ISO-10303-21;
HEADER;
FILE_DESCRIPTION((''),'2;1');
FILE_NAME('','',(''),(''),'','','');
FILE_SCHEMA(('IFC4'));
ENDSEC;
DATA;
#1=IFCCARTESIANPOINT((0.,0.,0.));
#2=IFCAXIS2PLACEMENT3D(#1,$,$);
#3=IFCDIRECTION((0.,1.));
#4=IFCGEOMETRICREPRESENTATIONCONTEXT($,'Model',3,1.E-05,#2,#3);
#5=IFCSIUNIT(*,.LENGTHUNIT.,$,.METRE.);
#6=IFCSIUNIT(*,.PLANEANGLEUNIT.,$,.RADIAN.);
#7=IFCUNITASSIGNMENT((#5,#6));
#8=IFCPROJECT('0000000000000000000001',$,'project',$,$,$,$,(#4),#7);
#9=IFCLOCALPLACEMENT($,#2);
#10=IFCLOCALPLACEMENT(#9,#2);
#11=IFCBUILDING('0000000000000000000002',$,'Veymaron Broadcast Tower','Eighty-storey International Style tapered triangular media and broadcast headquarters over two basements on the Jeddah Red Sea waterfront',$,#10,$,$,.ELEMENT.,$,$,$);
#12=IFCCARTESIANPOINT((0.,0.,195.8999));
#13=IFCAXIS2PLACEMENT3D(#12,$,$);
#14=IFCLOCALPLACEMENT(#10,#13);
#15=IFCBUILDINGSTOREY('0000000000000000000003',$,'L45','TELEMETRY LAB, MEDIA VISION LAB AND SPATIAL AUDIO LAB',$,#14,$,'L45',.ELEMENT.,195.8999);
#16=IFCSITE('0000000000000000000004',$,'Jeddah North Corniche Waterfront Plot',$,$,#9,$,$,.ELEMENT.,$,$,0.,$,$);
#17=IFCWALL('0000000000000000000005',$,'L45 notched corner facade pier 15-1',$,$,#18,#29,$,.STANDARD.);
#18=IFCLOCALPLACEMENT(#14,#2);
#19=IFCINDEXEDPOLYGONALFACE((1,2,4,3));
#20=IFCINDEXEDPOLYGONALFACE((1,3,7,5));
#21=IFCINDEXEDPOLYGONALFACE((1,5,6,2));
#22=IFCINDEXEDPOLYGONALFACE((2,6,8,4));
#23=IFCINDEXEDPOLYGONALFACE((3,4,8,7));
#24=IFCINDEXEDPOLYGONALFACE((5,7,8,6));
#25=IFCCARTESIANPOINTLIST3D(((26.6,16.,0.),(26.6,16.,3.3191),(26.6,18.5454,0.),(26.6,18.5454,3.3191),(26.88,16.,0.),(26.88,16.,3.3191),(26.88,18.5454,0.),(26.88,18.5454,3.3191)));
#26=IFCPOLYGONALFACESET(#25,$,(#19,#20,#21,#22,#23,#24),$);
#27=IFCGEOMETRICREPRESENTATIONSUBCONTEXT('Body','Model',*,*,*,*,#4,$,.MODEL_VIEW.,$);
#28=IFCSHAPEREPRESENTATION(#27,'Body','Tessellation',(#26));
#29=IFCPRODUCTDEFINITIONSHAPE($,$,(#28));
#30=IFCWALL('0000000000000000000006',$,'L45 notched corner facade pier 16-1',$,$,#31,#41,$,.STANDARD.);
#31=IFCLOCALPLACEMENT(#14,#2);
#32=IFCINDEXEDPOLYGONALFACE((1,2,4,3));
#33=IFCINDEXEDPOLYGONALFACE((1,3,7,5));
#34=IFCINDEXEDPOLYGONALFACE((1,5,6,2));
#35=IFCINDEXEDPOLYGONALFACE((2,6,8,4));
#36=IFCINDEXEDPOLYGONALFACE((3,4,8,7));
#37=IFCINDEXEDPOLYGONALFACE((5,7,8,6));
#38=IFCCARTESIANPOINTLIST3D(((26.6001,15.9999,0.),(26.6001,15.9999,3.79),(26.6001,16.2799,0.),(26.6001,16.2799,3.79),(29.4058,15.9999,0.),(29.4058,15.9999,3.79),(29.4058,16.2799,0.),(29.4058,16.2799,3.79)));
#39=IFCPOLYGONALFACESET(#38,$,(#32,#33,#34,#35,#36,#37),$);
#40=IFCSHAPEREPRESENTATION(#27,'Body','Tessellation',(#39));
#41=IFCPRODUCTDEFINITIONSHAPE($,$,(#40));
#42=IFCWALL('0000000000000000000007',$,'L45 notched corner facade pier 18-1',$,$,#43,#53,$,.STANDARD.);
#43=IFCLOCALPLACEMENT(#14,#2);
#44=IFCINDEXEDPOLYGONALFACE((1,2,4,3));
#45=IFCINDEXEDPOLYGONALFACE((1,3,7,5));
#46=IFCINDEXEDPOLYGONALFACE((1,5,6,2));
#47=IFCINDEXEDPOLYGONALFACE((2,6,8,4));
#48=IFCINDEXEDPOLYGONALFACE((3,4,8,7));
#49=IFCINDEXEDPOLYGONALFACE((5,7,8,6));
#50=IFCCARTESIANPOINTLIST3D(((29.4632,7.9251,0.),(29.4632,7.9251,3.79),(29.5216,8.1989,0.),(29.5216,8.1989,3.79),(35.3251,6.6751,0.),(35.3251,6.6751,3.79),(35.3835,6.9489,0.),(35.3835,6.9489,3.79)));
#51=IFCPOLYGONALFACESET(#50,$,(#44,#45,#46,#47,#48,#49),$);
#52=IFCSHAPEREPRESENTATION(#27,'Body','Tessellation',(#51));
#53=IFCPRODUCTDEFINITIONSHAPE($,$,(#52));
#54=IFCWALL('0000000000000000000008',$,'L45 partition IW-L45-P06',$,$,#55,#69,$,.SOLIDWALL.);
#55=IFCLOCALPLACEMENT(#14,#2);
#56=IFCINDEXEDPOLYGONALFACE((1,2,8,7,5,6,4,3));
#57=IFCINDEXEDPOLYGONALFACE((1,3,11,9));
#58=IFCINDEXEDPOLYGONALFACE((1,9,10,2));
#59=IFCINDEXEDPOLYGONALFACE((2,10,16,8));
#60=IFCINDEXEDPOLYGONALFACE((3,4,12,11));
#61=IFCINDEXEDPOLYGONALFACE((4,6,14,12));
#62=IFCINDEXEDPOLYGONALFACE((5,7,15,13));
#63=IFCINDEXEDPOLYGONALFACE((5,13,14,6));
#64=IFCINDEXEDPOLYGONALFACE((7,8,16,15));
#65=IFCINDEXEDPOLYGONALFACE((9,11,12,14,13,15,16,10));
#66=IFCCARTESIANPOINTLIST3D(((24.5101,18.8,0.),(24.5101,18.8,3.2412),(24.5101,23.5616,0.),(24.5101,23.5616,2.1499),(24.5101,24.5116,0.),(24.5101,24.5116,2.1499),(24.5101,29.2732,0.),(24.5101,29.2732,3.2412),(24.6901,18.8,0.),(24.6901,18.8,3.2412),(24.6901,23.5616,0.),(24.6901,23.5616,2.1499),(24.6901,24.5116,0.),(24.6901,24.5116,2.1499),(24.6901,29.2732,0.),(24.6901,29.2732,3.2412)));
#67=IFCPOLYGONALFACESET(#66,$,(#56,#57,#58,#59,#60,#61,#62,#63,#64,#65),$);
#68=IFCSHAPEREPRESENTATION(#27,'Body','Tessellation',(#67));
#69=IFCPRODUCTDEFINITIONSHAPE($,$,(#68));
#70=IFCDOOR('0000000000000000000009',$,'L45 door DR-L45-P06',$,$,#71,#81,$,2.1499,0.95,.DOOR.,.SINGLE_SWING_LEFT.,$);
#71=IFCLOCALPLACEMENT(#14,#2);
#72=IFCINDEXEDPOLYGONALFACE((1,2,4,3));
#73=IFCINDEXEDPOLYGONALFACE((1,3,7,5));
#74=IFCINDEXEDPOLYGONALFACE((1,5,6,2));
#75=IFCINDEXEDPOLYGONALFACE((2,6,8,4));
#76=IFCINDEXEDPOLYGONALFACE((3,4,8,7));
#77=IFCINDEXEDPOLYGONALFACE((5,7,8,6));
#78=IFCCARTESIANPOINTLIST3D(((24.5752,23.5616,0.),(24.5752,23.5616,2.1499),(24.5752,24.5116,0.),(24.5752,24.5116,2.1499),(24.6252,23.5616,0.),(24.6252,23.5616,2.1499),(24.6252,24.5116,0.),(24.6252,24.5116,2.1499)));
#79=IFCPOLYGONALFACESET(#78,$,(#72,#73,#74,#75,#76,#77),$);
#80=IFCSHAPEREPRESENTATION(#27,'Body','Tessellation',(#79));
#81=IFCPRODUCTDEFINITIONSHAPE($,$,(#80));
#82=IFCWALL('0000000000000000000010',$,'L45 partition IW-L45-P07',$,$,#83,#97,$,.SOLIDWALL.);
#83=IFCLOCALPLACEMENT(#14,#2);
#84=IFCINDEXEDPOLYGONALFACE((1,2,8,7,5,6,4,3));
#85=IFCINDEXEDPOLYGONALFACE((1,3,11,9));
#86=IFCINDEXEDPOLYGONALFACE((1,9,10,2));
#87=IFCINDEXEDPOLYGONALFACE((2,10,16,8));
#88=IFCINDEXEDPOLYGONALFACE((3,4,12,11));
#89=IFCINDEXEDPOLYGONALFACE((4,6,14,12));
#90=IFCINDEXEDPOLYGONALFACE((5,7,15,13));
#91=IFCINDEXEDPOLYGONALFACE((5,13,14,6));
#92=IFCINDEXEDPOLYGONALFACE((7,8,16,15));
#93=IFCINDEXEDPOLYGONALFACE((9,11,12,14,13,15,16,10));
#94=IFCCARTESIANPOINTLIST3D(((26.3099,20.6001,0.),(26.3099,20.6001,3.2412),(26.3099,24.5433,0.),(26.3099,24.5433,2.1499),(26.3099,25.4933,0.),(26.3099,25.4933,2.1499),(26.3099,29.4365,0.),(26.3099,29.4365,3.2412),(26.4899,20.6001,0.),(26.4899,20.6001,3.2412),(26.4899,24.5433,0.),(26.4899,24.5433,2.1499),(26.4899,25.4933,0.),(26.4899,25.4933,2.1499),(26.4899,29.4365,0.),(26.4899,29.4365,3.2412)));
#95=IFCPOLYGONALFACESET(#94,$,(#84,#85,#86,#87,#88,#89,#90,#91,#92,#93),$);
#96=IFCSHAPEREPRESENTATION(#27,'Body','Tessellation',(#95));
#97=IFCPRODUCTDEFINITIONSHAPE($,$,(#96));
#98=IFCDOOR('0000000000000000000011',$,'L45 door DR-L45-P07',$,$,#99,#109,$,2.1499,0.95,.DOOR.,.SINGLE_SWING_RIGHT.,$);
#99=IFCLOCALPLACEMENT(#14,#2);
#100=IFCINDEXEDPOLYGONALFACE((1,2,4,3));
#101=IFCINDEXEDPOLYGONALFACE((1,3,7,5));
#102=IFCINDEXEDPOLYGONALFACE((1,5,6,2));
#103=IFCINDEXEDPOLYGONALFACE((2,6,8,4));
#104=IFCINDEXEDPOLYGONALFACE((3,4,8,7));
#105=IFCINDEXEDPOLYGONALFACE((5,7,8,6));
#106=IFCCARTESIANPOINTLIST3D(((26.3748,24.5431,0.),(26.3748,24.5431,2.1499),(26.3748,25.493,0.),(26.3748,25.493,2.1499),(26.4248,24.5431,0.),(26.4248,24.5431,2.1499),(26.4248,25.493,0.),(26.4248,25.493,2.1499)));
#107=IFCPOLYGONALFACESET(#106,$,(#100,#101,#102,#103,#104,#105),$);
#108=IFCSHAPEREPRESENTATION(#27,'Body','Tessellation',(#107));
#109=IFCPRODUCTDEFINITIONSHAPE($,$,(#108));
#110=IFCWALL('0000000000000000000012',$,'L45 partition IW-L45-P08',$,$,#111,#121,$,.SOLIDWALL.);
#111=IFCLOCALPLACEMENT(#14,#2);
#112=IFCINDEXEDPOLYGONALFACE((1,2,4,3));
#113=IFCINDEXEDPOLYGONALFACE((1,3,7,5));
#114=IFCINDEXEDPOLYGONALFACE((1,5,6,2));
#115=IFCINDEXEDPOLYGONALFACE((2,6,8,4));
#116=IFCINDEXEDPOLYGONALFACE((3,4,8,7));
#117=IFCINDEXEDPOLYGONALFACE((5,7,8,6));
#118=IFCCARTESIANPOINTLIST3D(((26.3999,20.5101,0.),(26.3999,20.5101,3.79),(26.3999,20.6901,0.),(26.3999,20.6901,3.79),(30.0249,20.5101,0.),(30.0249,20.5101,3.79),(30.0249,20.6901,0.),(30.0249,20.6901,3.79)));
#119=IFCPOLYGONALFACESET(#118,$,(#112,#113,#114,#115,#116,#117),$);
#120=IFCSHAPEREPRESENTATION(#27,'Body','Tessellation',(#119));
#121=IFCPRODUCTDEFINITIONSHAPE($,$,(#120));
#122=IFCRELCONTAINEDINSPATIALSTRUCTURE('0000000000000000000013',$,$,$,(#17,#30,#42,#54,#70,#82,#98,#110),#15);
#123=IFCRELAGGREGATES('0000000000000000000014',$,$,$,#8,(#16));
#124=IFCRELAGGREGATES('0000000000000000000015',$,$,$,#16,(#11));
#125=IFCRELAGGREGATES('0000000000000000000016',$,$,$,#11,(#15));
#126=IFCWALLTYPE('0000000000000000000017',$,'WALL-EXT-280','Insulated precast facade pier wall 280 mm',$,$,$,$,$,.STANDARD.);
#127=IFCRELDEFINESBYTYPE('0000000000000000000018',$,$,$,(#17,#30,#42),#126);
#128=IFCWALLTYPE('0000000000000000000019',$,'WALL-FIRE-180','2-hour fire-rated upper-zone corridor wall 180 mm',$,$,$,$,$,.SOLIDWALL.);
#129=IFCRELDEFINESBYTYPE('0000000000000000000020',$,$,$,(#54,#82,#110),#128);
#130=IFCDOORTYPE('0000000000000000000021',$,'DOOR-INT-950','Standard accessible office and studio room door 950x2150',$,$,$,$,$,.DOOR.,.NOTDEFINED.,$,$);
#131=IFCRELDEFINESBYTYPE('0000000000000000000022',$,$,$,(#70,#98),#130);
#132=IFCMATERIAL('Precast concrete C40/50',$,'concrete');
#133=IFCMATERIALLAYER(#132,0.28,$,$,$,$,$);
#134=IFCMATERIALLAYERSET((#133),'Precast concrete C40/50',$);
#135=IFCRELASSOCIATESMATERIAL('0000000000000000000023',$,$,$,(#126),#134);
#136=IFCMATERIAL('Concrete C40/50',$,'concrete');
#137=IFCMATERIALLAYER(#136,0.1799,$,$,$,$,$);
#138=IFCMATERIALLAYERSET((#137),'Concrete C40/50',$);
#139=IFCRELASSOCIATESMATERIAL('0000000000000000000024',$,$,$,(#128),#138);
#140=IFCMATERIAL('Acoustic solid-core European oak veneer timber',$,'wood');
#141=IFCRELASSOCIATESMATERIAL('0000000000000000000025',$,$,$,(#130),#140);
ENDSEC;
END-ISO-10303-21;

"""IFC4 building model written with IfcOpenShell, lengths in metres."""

from ifc_helpers import new_model, si_unit, direction, frame, frame_2d, origin, place, context, subcontext, project, spatial, rectangle, extrude, material, layer, layer_set, type_object, element, fill, save


model = new_model("IFC4")

# Units and contexts
model_context = context("Model", 3, precision=1e-05, world=origin(), true_north=direction((0.0, 1.0)))
body_context = subcontext(model_context, "Body", "Model", "MODEL_VIEW")
ifc_project = project(units=[si_unit("LENGTHUNIT", "METRE"), si_unit("PLANEANGLEUNIT", "RADIAN")], contexts=[model_context])

# Site, building, storey
site_placement = place(None, origin())
site = spatial("IfcSite", under=ifc_project, at=site_placement, Name="Jeddah North Corniche Waterfront Plot", CompositionType="ELEMENT", RefElevation=0.0)
building_placement = place(site_placement, origin())
building = spatial("IfcBuilding", under=site, at=building_placement, Name="Veymaron Broadcast Tower", Description="Eighty-storey International Style tapered triangular media and broadcast headquarters over two basements on the Jeddah Red Sea waterfront", CompositionType="ELEMENT")
storey_placement = place(building_placement, frame((0.0, 0.0, 195.8999)))
storey = spatial("IfcBuildingStorey", under=building, at=storey_placement, Name="L45", Description="TELEMETRY LAB, MEDIA VISION LAB AND SPATIAL AUDIO LAB", LongName="L45", CompositionType="ELEMENT", Elevation=195.8999)

# Shared definitions
ifc_material_1 = material(Name="Concrete C40/50", Category="concrete")

# Walls
ifc_material_2 = material(Name="Precast concrete C40/50", Category="concrete")
ifc_layer_1 = layer(ifc_material_2, 0.28)
ifc_layer_set_1 = layer_set([ifc_layer_1], Name="Precast concrete C40/50")
wall_type_1 = type_object("IfcWallType", Name="WALL-EXT-280", Description="Insulated precast facade pier wall 280 mm", PredefinedType="STANDARD", material=ifc_layer_set_1)
wall_1_placement = place(storey_placement, frame((26.74, 18.5454, 0.0), z_axis=(0.0, 0.0, 1.0), x_axis=(0.0, -1.0, 0.0)))
element("IfcWall", 1, at=wall_1_placement, inside=storey, type_object=wall_type_1, Name="L45 notched corner facade pier 15-1", PredefinedType="STANDARD", context=body_context, shape_type="SweptSolid", body=[
    extrude(rectangle(XDim=2.5454, YDim=0.28, at=frame_2d((1.2727, 0.0))), origin(), (0.0, 0.0, 1.0), 3.3191),
])
wall_2_placement = place(storey_placement, frame((26.6001, 16.1399, 0.0), z_axis=(0.0, 0.0, 1.0), x_axis=(1.0, 0.0, 0.0)))
element("IfcWall", 2, at=wall_2_placement, inside=storey, type_object=wall_type_1, Name="L45 notched corner facade pier 16-1", PredefinedType="STANDARD", context=body_context, shape_type="SweptSolid", body=[
    extrude(rectangle(XDim=2.8057, YDim=0.28, at=frame_2d((1.4028, 0.0))), origin(), (0.0, 0.0, 1.0), 3.79),
])
wall_3_placement = place(storey_placement, frame((29.4924, 8.062, 0.0), z_axis=(0.0, 0.0, 1.0), x_axis=(0.978011, -0.208555, 0.0)))
element("IfcWall", 3, at=wall_3_placement, inside=storey, type_object=wall_type_1, Name="L45 notched corner facade pier 18-1", PredefinedType="STANDARD", context=body_context, shape_type="SweptSolid", body=[
    extrude(rectangle(XDim=5.9937, YDim=0.28, at=frame_2d((2.9968, 0.0))), origin(), (0.0, 0.0, 1.0), 3.79),
])

# Walls, openings, doors
ifc_layer_2 = layer(ifc_material_1, 0.1799)
ifc_layer_set_2 = layer_set([ifc_layer_2], Name="Concrete C40/50")
wall_type_2 = type_object("IfcWallType", Name="WALL-FIRE-180", Description="2-hour fire-rated upper-zone corridor wall 180 mm", PredefinedType="SOLIDWALL", material=ifc_layer_set_2)
ifc_material_3 = material(Name="Acoustic solid-core European oak veneer timber", Category="wood")
door_type = type_object("IfcDoorType", Name="DOOR-INT-950", Description="Standard accessible office and studio room door 950x2150", OperationType="NOTDEFINED", PredefinedType="DOOR", material=ifc_material_3)
wall_4_placement = place(storey_placement, frame((24.6001, 18.8, 0.0), z_axis=(0.0, 0.0, 1.0), x_axis=(0.0, 1.0, 0.0)))
wall_4 = element("IfcWall", 4, at=wall_4_placement, inside=storey, type_object=wall_type_2, Name="L45 partition IW-L45-P06", PredefinedType="SOLIDWALL", context=body_context, shape_type="SweptSolid", body=[
    extrude(rectangle(XDim=10.4731, YDim=0.1799, at=frame_2d((5.2366, 0.0))), origin(), (0.0, 0.0, 1.0), 3.2412),
])
opening_1_placement = place(wall_4_placement, frame((4.7615, 0.0, 0.0)))
opening_1 = element("IfcOpeningElement", 5, at=opening_1_placement, cuts=wall_4, PredefinedType="OPENING", context=body_context, shape_type="SweptSolid", body=[
    extrude(rectangle(XDim=0.95, YDim=2.1499, at=frame_2d((0.4751, 1.075))), frame((0.0, 0.1001, 0.0), z_axis=(0.0, -1.0, 0.0), x_axis=(1.0, 0.0, 0.0)), (0.0, 0.0, 1.0), 0.2),
])
door_1_placement = place(opening_1_placement, origin())
door_1 = element("IfcDoor", 6, at=door_1_placement, inside=storey, type_object=door_type, Name="L45 door DR-L45-P06", OperationType="SINGLE_SWING_LEFT", OverallHeight=2.1499, OverallWidth=0.95, PredefinedType="DOOR", context=body_context, shape_type="SweptSolid", body=[
    extrude(rectangle(XDim=0.95, YDim=2.1499, at=frame_2d((0.4751, 1.075))), frame((0.0, 0.0249, 0.0), z_axis=(0.0, -1.0, 0.0), x_axis=(1.0, 0.0, 0.0)), (0.0, 0.0, 1.0), 0.05),
])
fill(opening_1, door_1)
wall_5_placement = place(storey_placement, frame((26.3999, 20.6001, 0.0), z_axis=(0.0, 0.0, 1.0), x_axis=(0.0, 1.0, 0.0)))
wall_5 = element("IfcWall", 7, at=wall_5_placement, inside=storey, type_object=wall_type_2, Name="L45 partition IW-L45-P07", PredefinedType="SOLIDWALL", context=body_context, shape_type="SweptSolid", body=[
    extrude(rectangle(XDim=8.8364, YDim=0.1799, at=frame_2d((4.4182, 0.0))), origin(), (0.0, 0.0, 1.0), 3.2412),
])
opening_2_placement = place(wall_5_placement, frame((3.9431, 0.0, 0.0)))
opening_2 = element("IfcOpeningElement", 8, at=opening_2_placement, cuts=wall_5, PredefinedType="OPENING", context=body_context, shape_type="SweptSolid", body=[
    extrude(rectangle(XDim=0.95, YDim=2.1499, at=frame_2d((0.4751, 1.075))), frame((0.0, 0.1001, 0.0), z_axis=(0.0, -1.0, 0.0), x_axis=(1.0, 0.0, 0.0)), (0.0, 0.0, 1.0), 0.2),
])
door_2_placement = place(opening_2_placement, frame((0.95, 0.0, 0.0), z_axis=(0.0, 0.0, 1.0), x_axis=(-1.0, 0.0, 0.0)))
door_2 = element("IfcDoor", 9, at=door_2_placement, inside=storey, type_object=door_type, Name="L45 door DR-L45-P07", OperationType="SINGLE_SWING_RIGHT", OverallHeight=2.1499, OverallWidth=0.95, PredefinedType="DOOR", context=body_context, shape_type="SweptSolid", body=[
    extrude(rectangle(XDim=0.95, YDim=2.1499, at=frame_2d((0.4751, 1.075))), frame((0.0, 0.0249, 0.0), z_axis=(0.0, -1.0, 0.0), x_axis=(1.0, 0.0, 0.0)), (0.0, 0.0, 1.0), 0.05),
])
fill(opening_2, door_2)

# Wall
wall_6_placement = place(storey_placement, frame((26.3999, 20.6001, 0.0), z_axis=(0.0, 0.0, 1.0), x_axis=(1.0, 0.0, 0.0)))
element("IfcWall", 10, at=wall_6_placement, inside=storey, type_object=wall_type_2, Name="L45 partition IW-L45-P08", PredefinedType="SOLIDWALL", context=body_context, shape_type="SweptSolid", body=[
    extrude(rectangle(XDim=3.625, YDim=0.1799, at=frame_2d((1.8125, 0.0))), origin(), (0.0, 0.0, 1.0), 3.79),
])

save(model, "model.ifc")
